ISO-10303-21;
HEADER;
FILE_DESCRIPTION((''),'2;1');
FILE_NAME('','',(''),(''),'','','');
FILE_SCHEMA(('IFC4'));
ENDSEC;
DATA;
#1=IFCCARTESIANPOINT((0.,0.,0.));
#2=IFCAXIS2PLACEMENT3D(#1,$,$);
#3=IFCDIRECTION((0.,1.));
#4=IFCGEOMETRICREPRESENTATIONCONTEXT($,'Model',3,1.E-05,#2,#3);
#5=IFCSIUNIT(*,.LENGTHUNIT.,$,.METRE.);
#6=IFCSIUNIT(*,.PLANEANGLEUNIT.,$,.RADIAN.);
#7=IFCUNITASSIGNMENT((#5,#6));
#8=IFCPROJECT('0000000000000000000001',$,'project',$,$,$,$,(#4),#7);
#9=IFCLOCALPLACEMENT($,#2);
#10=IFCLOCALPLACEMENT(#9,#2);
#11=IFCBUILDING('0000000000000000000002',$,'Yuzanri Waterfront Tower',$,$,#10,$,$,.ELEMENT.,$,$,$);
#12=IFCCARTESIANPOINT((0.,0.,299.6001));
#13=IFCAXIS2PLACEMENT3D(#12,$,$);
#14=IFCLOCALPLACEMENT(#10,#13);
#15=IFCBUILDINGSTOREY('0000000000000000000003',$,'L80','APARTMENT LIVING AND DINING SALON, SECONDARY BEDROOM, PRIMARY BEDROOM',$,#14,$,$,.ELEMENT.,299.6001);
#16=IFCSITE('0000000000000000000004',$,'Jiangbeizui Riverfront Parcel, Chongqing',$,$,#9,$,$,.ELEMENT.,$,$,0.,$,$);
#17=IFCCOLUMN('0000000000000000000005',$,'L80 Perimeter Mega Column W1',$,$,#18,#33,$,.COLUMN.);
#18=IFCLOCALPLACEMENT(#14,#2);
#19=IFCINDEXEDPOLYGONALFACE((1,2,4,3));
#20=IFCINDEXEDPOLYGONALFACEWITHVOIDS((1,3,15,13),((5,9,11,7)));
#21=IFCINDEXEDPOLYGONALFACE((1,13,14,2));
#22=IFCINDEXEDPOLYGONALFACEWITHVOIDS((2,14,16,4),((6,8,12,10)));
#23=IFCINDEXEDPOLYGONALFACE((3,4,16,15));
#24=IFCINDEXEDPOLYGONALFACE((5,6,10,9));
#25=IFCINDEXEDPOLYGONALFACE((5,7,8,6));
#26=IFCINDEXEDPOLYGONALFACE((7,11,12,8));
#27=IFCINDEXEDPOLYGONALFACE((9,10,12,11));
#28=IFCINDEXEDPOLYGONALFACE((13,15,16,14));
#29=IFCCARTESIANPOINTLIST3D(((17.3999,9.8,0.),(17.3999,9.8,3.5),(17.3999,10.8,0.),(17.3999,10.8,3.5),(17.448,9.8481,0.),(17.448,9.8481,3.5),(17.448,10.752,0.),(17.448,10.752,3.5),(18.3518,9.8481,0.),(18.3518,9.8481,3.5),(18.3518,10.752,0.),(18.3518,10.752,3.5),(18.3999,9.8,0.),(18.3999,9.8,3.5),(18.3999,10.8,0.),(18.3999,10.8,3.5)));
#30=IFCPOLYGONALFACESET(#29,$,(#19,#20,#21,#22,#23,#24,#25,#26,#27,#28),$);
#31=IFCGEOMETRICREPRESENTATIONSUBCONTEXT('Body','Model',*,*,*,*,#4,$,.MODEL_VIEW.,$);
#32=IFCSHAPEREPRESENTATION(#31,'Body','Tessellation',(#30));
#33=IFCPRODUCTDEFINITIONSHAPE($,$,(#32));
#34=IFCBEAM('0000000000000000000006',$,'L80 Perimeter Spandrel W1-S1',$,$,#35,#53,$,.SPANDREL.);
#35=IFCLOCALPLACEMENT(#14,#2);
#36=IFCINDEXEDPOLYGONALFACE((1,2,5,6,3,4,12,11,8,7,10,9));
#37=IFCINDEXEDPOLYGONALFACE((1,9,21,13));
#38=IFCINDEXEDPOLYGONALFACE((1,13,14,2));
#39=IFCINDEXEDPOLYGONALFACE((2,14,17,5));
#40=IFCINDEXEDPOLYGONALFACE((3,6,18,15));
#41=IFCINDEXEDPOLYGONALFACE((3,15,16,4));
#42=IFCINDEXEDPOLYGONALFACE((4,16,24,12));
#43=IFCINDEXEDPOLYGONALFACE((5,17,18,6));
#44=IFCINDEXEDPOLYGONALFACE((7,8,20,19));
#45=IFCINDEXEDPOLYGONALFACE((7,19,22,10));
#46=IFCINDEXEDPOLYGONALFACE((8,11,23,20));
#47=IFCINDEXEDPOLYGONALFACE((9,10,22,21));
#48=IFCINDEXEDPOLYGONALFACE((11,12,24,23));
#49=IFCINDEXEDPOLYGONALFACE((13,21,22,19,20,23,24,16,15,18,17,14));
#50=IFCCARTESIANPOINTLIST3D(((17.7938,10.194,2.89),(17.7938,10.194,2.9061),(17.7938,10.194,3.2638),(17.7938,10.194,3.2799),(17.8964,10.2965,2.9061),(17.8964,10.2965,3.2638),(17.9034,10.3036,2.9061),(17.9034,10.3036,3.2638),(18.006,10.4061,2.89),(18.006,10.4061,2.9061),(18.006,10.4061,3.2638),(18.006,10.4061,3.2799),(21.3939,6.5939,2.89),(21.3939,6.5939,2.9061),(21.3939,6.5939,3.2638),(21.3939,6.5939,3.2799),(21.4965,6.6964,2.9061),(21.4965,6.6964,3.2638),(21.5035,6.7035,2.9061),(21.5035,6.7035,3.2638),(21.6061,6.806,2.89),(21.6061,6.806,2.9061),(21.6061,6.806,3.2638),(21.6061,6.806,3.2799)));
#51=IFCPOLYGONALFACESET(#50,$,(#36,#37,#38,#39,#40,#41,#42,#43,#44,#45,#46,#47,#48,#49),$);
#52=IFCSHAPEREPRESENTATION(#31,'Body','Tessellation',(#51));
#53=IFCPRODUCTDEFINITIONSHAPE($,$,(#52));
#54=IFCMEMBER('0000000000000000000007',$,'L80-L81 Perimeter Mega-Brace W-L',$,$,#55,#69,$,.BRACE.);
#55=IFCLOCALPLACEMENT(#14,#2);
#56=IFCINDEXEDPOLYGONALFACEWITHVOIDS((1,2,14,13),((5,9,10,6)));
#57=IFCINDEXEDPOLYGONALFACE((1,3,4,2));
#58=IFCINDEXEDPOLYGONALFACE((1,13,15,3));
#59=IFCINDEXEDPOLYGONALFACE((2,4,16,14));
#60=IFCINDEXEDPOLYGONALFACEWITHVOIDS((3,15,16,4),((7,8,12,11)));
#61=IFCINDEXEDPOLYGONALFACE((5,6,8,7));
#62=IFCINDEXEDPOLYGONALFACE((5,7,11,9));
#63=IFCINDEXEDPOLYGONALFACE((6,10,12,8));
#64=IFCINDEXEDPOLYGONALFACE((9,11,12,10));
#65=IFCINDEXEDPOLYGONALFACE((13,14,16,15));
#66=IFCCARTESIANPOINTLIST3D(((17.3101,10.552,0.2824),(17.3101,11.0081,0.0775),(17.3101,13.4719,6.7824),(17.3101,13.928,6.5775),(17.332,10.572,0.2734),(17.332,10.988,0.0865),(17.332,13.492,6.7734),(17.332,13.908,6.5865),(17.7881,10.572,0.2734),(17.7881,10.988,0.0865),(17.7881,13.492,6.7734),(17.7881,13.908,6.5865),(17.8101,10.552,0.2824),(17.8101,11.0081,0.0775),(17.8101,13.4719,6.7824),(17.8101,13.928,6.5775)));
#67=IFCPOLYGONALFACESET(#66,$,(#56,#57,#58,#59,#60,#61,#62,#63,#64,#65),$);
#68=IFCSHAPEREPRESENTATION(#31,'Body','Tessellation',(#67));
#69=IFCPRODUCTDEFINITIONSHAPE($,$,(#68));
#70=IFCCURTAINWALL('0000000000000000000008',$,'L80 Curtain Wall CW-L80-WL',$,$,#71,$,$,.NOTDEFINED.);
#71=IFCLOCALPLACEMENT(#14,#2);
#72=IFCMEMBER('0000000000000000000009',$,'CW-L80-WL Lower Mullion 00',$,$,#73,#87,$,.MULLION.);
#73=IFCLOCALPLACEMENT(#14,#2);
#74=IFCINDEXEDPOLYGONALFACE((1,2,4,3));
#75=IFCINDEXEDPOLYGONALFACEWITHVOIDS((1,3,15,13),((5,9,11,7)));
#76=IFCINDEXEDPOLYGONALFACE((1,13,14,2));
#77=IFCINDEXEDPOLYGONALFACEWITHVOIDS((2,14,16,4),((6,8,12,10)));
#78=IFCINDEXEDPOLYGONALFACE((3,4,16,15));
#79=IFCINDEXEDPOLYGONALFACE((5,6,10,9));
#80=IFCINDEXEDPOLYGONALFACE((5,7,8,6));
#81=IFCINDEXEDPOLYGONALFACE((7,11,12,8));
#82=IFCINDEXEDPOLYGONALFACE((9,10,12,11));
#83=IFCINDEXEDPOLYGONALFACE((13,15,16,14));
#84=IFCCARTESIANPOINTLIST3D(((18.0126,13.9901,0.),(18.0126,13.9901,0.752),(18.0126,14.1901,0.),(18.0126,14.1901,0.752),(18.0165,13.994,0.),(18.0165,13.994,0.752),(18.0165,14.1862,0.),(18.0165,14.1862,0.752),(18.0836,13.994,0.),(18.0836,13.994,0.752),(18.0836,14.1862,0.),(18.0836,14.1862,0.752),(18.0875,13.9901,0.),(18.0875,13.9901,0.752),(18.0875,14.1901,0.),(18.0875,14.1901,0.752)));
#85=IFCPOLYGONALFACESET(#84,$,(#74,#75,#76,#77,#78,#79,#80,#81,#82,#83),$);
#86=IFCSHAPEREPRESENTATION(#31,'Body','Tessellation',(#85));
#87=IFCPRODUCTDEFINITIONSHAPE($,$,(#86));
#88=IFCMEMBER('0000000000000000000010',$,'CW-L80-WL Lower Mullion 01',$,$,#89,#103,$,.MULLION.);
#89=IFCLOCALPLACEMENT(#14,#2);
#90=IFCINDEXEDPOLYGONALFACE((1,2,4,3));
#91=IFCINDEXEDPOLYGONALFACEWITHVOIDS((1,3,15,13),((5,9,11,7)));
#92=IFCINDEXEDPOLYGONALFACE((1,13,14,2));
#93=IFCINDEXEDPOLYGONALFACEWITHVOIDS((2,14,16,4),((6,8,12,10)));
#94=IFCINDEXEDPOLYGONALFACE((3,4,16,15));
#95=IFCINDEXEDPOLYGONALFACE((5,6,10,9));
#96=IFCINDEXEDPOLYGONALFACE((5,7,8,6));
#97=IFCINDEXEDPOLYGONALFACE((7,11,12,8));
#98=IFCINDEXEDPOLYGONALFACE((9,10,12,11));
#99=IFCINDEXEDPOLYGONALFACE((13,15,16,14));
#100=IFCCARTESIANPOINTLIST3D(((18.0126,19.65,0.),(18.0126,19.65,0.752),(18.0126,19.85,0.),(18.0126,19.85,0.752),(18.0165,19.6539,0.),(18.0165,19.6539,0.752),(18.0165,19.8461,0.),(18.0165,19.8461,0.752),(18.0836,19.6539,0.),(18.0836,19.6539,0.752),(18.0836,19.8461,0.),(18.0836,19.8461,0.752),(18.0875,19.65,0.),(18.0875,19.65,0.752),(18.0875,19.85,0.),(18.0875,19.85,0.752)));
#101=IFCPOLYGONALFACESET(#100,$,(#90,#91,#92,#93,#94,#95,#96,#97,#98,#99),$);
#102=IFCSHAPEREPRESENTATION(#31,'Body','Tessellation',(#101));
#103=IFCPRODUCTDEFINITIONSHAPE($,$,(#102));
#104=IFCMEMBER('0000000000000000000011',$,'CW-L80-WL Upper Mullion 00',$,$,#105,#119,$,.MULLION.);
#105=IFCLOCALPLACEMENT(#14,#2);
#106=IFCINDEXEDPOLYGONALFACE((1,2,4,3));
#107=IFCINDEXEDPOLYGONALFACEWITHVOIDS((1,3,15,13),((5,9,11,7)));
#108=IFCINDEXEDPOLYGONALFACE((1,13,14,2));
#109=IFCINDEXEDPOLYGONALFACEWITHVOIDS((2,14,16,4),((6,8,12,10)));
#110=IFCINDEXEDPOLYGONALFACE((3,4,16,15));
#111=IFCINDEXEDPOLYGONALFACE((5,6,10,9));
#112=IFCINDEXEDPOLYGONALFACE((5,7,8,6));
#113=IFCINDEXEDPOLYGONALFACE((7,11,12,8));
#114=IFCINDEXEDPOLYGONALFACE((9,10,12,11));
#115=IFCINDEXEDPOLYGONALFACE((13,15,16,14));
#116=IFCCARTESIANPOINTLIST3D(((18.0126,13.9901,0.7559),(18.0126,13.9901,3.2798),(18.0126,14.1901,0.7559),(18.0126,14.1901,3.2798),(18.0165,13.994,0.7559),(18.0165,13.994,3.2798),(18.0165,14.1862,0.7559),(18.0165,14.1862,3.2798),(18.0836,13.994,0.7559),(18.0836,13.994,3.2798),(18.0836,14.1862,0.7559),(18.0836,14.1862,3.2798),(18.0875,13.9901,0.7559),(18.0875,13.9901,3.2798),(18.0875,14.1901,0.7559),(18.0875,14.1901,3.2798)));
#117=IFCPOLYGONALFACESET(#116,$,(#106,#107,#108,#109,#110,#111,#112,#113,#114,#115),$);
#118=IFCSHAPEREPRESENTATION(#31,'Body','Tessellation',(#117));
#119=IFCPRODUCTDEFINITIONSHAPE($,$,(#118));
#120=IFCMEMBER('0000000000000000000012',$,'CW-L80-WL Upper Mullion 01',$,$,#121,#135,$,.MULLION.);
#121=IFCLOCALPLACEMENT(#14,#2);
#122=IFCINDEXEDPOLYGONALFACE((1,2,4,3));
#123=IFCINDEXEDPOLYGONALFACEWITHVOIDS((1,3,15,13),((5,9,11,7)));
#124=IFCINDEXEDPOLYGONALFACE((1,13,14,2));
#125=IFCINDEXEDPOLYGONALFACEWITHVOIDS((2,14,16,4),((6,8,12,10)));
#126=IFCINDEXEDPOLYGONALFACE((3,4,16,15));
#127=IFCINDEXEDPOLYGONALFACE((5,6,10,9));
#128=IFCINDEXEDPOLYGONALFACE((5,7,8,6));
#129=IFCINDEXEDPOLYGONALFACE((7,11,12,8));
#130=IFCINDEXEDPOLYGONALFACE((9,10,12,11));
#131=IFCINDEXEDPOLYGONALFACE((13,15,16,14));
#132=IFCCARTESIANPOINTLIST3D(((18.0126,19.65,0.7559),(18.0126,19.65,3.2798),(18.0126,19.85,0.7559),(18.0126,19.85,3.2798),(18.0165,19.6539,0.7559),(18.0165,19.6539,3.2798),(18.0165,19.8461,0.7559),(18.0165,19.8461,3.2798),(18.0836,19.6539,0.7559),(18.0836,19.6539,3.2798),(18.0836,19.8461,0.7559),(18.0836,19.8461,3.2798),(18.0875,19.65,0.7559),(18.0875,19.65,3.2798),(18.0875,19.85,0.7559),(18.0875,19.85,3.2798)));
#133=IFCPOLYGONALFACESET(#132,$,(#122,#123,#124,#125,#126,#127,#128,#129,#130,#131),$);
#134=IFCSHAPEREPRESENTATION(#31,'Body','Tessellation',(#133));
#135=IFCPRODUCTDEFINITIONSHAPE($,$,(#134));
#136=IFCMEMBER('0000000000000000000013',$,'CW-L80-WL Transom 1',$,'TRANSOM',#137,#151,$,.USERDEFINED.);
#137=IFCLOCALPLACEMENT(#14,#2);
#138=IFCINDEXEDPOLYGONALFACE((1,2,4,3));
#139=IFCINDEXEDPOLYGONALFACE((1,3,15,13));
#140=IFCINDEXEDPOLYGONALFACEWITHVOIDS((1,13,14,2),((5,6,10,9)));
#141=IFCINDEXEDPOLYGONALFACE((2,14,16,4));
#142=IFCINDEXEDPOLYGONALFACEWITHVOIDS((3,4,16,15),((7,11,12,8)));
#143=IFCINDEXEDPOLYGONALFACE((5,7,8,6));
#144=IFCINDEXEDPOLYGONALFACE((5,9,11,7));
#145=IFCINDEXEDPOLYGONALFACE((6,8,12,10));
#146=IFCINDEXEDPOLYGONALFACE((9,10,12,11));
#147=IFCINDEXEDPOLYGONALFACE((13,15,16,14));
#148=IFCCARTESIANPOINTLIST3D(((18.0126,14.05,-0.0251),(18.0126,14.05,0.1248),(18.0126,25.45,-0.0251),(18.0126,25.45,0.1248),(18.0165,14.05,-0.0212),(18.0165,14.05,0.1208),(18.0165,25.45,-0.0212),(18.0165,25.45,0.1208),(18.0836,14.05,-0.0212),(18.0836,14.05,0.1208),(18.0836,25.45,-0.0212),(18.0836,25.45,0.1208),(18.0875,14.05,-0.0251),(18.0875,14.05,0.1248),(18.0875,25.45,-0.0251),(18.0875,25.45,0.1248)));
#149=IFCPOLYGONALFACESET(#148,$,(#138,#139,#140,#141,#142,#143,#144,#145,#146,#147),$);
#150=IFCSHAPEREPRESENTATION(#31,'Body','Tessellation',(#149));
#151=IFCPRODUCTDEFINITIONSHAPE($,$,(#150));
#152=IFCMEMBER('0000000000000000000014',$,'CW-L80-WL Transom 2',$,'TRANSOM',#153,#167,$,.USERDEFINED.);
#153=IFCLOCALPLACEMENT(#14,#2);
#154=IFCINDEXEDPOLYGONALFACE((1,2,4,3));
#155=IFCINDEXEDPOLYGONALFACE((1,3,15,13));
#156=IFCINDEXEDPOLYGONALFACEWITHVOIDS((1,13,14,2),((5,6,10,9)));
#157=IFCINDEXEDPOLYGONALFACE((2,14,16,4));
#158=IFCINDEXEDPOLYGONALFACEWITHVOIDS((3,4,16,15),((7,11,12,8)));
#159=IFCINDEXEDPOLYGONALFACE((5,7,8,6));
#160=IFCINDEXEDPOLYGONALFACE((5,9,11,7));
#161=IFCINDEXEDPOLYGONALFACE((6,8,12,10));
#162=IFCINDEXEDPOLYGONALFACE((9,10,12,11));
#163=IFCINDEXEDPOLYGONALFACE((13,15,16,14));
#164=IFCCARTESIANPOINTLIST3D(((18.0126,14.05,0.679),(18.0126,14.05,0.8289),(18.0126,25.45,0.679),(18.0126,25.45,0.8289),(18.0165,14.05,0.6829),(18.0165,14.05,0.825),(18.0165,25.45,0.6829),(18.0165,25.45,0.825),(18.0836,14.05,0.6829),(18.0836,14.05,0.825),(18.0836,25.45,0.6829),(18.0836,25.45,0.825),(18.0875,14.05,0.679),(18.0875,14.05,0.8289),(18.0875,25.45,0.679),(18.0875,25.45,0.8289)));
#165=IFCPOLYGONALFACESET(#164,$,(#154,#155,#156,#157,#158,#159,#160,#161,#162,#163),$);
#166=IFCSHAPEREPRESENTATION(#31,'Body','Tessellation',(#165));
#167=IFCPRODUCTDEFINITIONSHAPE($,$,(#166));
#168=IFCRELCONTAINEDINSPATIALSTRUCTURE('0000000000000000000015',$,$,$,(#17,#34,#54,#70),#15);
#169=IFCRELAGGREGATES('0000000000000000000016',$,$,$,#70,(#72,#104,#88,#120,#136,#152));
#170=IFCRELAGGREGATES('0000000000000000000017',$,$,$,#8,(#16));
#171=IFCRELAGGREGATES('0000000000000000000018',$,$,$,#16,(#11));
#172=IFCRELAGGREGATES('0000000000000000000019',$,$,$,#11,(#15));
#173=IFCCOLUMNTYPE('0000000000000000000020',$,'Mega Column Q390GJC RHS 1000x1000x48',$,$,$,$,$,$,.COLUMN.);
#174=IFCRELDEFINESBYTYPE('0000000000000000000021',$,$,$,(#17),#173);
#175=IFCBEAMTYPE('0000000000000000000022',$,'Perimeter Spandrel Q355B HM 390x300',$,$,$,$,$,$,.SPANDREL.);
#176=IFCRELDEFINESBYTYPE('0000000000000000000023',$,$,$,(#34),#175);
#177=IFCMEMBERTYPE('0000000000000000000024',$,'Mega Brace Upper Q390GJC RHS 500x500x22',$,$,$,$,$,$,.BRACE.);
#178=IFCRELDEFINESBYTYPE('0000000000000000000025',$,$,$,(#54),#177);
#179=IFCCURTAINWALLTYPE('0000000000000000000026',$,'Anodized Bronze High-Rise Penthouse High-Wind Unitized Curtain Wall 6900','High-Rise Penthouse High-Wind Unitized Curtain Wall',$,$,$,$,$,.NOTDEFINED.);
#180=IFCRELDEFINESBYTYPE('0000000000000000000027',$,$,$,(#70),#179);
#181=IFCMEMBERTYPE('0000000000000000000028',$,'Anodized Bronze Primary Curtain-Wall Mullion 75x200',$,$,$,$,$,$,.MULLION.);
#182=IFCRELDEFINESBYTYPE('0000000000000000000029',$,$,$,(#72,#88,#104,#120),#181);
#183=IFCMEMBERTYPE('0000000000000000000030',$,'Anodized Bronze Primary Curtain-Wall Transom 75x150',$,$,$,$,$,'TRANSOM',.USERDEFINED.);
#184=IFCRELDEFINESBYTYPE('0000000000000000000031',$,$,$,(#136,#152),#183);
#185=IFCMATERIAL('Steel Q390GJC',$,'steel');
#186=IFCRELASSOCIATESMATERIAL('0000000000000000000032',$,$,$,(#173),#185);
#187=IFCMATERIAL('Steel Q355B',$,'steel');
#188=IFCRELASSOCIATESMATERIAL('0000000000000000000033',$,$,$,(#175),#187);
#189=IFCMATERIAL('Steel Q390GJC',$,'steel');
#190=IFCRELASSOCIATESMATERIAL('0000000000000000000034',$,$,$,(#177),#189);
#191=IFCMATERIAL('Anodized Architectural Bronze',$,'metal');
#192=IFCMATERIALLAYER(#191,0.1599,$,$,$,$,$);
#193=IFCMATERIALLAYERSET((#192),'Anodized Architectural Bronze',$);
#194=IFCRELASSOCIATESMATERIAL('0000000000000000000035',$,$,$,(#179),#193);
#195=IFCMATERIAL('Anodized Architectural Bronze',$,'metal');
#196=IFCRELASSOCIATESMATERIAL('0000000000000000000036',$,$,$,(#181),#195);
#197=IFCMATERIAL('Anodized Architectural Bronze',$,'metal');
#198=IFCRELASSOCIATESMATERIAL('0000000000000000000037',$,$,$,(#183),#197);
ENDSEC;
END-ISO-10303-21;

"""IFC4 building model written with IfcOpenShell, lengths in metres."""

from ifc_helpers import new_model, si_unit, direction, frame, origin, origin_2d, place, context, subcontext, project, spatial, hollow_rectangle, i_section, extrude, source, transform, mapped, material, layer, layer_set, material_profile, profile_set, type_object, element, aggregate, save


model = new_model("IFC4")

# Units and contexts
model_context = context("Model", 3, precision=1e-05, world=origin(), true_north=direction((0.0, 1.0)))
body_context = subcontext(model_context, "Body", "Model", "MODEL_VIEW")
ifc_project = project(units=[si_unit("LENGTHUNIT", "METRE"), si_unit("PLANEANGLEUNIT", "RADIAN")], contexts=[model_context])

# Site, building, storey
site_placement = place(None, origin())
site = spatial("IfcSite", under=ifc_project, at=site_placement, Name="Jiangbeizui Riverfront Parcel, Chongqing", CompositionType="ELEMENT", RefElevation=0.0)
building_placement = place(site_placement, origin())
building = spatial("IfcBuilding", under=site, at=building_placement, Name="Yuzanri Waterfront Tower", CompositionType="ELEMENT")
storey_placement = place(building_placement, frame((0.0, 0.0, 299.6001)))
storey = spatial("IfcBuildingStorey", under=building, at=storey_placement, Name="L80", Description="APARTMENT LIVING AND DINING SALON, SECONDARY BEDROOM, PRIMARY BEDROOM", CompositionType="ELEMENT", Elevation=299.6001)

# Column
ifc_material_1 = material(Name="Steel Q390GJC", Category="steel")
ifc_material_profile_1 = material_profile(ifc_material_1, hollow_rectangle(XDim=1.0, YDim=1.0, WallThickness=0.0481, at=origin_2d()), Name="RHS 1000x1000x48")
ifc_profile_set_1 = profile_set([ifc_material_profile_1], Name="Steel Q390GJC")
column_type = type_object("IfcColumnType", Name="Mega Column Q390GJC RHS 1000x1000x48", PredefinedType="COLUMN", material=ifc_profile_set_1)
shared_shape_1 = source(origin(), body_context, "Body", "SweptSolid", [
    extrude(hollow_rectangle(XDim=1.0, YDim=1.0, WallThickness=0.0481, at=origin_2d()), origin(), (0.0, 0.0, 1.0), 3.5),
])
column_placement = place(storey_placement, frame((17.8999, 10.3, 0.0), z_axis=(0.0, 0.0, 1.0), x_axis=(1.0, 0.0, 0.0)))
element("IfcColumn", 1, at=column_placement, inside=storey, type_object=column_type, Name="L80 Perimeter Mega Column W1", PredefinedType="COLUMN", context=body_context, shape_type="MappedRepresentation", body=[
    mapped(shared_shape_1, transform((0.0, 0.0, 0.0), scale=1.0)),
])

# Beam
ifc_material_2 = material(Name="Steel Q355B", Category="steel")
ifc_material_profile_2 = material_profile(ifc_material_2, i_section(OverallWidth=0.3, OverallDepth=0.3899, WebThickness=0.01, FlangeThickness=0.0161, at=origin_2d()), Name="HM 390x300x10x16")
ifc_profile_set_2 = profile_set([ifc_material_profile_2], Name="Steel Q355B")
beam_type = type_object("IfcBeamType", Name="Perimeter Spandrel Q355B HM 390x300", PredefinedType="SPANDREL", material=ifc_profile_set_2)
shared_shape_2 = source(origin(), body_context, "Body", "SweptSolid", [
    extrude(i_section(OverallWidth=0.3, OverallDepth=0.3899, WebThickness=0.01, FlangeThickness=0.0161, at=origin_2d()), origin(), (0.0, 0.0, 1.0), 5.0913),
])
beam_placement = place(storey_placement, frame((17.8999, 10.3, 3.085), z_axis=(0.707107, -0.707107, 0.0), x_axis=(0.707107, 0.707107, 0.0)))
element("IfcBeam", 2, at=beam_placement, inside=storey, type_object=beam_type, Name="L80 Perimeter Spandrel W1-S1", PredefinedType="SPANDREL", context=body_context, shape_type="MappedRepresentation", body=[
    mapped(shared_shape_2, transform((0.0, 0.0, 0.0), scale=1.0)),
])

# Member
ifc_material_3 = material(Name="Steel Q390GJC", Category="steel")
ifc_material_profile_3 = material_profile(ifc_material_3, hollow_rectangle(XDim=0.5, YDim=0.5, WallThickness=0.022, at=origin_2d()), Name="RHS 500x500x22")
ifc_profile_set_3 = profile_set([ifc_material_profile_3], Name="Steel Q390GJC")
member_type_1 = type_object("IfcMemberType", Name="Mega Brace Upper Q390GJC RHS 500x500x22", PredefinedType="BRACE", material=ifc_profile_set_3)
shared_shape_3 = source(origin(), body_context, "Body", "SweptSolid", [
    extrude(hollow_rectangle(XDim=0.5, YDim=0.5, WallThickness=0.022, at=origin_2d()), origin(), (0.0, 0.0, 1.0), 7.1257),
])
member_1_placement = place(storey_placement, frame((17.5601, 10.78, 0.1799), z_axis=(0.0, 0.409772, 0.912188), x_axis=(-1.0, 0.0, 0.0)))
element("IfcMember", 3, at=member_1_placement, inside=storey, type_object=member_type_1, Name="L80-L81 Perimeter Mega-Brace W-L", PredefinedType="BRACE", context=body_context, shape_type="MappedRepresentation", body=[
    mapped(shared_shape_3, transform((0.0, 0.0, 0.0), scale=1.0)),
])

# Curtain wall, members
ifc_material_4 = material(Name="Anodized Architectural Bronze", Category="metal")
ifc_layer_1 = layer(ifc_material_4, 0.1599)
ifc_layer_set_1 = layer_set([ifc_layer_1], Name="Anodized Architectural Bronze")
curtain_wall_type = type_object("IfcCurtainWallType", Name="Anodized Bronze High-Rise Penthouse High-Wind Unitized Curtain Wall 6900", Description="High-Rise Penthouse High-Wind Unitized Curtain Wall", PredefinedType="NOTDEFINED", material=ifc_layer_set_1)
curtain_wall_placement = place(storey_placement, origin())
curtain_wall = element("IfcCurtainWall", 4, at=curtain_wall_placement, inside=storey, type_object=curtain_wall_type, Name="L80 Curtain Wall CW-L80-WL", PredefinedType="NOTDEFINED")
ifc_material_5 = material(Name="Anodized Architectural Bronze", Category="metal")
ifc_material_profile_4 = material_profile(ifc_material_5, hollow_rectangle(XDim=0.075, YDim=0.2, WallThickness=0.0039, at=origin_2d()), Name="CWM 75x200")
ifc_profile_set_4 = profile_set([ifc_material_profile_4], Name="Anodized Architectural Bronze")
member_type_2 = type_object("IfcMemberType", Name="Anodized Bronze Primary Curtain-Wall Mullion 75x200", PredefinedType="MULLION", material=ifc_profile_set_4)
shared_shape_4 = source(origin(), body_context, "Body", "SweptSolid", [
    extrude(hollow_rectangle(XDim=0.075, YDim=0.2, WallThickness=0.0039, at=origin_2d()), origin(), (0.0, 0.0, 1.0), 0.752),
])
member_2_placement = place(storey_placement, frame((18.05, 14.0901, 0.0), z_axis=(0.0, 0.0, 1.0), x_axis=(1.0, 0.0, 0.0)))
member_2 = element("IfcMember", 5, at=member_2_placement, type_object=member_type_2, Name="CW-L80-WL Lower Mullion 00", PredefinedType="MULLION", context=body_context, shape_type="MappedRepresentation", body=[
    mapped(shared_shape_4, transform((0.0, 0.0, 0.0), scale=1.0)),
])
member_3_placement = place(storey_placement, frame((18.05, 19.75, 0.0), z_axis=(0.0, 0.0, 1.0), x_axis=(1.0, 0.0, 0.0)))
member_3 = element("IfcMember", 6, at=member_3_placement, type_object=member_type_2, Name="CW-L80-WL Lower Mullion 01", PredefinedType="MULLION", context=body_context, shape_type="MappedRepresentation", body=[
    mapped(shared_shape_4, transform((0.0, 0.0, 0.0), scale=1.0)),
])
shared_shape_5 = source(origin(), body_context, "Body", "SweptSolid", [
    extrude(hollow_rectangle(XDim=0.075, YDim=0.2, WallThickness=0.0039, at=origin_2d()), origin(), (0.0, 0.0, 1.0), 2.5239),
])
member_4_placement = place(storey_placement, frame((18.05, 14.0901, 0.7559), z_axis=(0.0, 0.0, 1.0), x_axis=(1.0, 0.0, 0.0)))
member_4 = element("IfcMember", 7, at=member_4_placement, type_object=member_type_2, Name="CW-L80-WL Upper Mullion 00", PredefinedType="MULLION", context=body_context, shape_type="MappedRepresentation", body=[
    mapped(shared_shape_5, transform((0.0, 0.0, 0.0), scale=1.0)),
])
member_5_placement = place(storey_placement, frame((18.05, 19.75, 0.7559), z_axis=(0.0, 0.0, 1.0), x_axis=(1.0, 0.0, 0.0)))
member_5 = element("IfcMember", 8, at=member_5_placement, type_object=member_type_2, Name="CW-L80-WL Upper Mullion 01", PredefinedType="MULLION", context=body_context, shape_type="MappedRepresentation", body=[
    mapped(shared_shape_5, transform((0.0, 0.0, 0.0), scale=1.0)),
])
ifc_material_6 = material(Name="Anodized Architectural Bronze", Category="metal")
ifc_material_profile_5 = material_profile(ifc_material_6, hollow_rectangle(XDim=0.075, YDim=0.1499, WallThickness=0.0039, at=origin_2d()), Name="CWT 75x150")
ifc_profile_set_5 = profile_set([ifc_material_profile_5], Name="Anodized Architectural Bronze")
member_type_3 = type_object("IfcMemberType", Name="Anodized Bronze Primary Curtain-Wall Transom 75x150", ElementType="TRANSOM", PredefinedType="USERDEFINED", material=ifc_profile_set_5)
shared_shape_6 = source(origin(), body_context, "Body", "SweptSolid", [
    extrude(hollow_rectangle(XDim=0.075, YDim=0.1499, WallThickness=0.0039, at=origin_2d()), origin(), (0.0, 0.0, 1.0), 11.3999),
])
member_6_placement = place(storey_placement, frame((18.05, 14.05, 0.0498), z_axis=(0.0, 1.0, 0.0), x_axis=(-1.0, 0.0, 0.0)))
member_6 = element("IfcMember", 9, at=member_6_placement, type_object=member_type_3, Name="CW-L80-WL Transom 1", ObjectType="TRANSOM", PredefinedType="USERDEFINED", context=body_context, shape_type="MappedRepresentation", body=[
    mapped(shared_shape_6, transform((0.0, 0.0, 0.0), scale=1.0)),
])
member_7_placement = place(storey_placement, frame((18.05, 14.05, 0.7539), z_axis=(0.0, 1.0, 0.0), x_axis=(-1.0, 0.0, 0.0)))
member_7 = element("IfcMember", 10, at=member_7_placement, type_object=member_type_3, Name="CW-L80-WL Transom 2", ObjectType="TRANSOM", PredefinedType="USERDEFINED", context=body_context, shape_type="MappedRepresentation", body=[
    mapped(shared_shape_6, transform((0.0, 0.0, 0.0), scale=1.0)),
])

aggregate(curtain_wall, [member_2, member_4, member_3, member_5, member_6, member_7])

save(model, "model.ifc")
